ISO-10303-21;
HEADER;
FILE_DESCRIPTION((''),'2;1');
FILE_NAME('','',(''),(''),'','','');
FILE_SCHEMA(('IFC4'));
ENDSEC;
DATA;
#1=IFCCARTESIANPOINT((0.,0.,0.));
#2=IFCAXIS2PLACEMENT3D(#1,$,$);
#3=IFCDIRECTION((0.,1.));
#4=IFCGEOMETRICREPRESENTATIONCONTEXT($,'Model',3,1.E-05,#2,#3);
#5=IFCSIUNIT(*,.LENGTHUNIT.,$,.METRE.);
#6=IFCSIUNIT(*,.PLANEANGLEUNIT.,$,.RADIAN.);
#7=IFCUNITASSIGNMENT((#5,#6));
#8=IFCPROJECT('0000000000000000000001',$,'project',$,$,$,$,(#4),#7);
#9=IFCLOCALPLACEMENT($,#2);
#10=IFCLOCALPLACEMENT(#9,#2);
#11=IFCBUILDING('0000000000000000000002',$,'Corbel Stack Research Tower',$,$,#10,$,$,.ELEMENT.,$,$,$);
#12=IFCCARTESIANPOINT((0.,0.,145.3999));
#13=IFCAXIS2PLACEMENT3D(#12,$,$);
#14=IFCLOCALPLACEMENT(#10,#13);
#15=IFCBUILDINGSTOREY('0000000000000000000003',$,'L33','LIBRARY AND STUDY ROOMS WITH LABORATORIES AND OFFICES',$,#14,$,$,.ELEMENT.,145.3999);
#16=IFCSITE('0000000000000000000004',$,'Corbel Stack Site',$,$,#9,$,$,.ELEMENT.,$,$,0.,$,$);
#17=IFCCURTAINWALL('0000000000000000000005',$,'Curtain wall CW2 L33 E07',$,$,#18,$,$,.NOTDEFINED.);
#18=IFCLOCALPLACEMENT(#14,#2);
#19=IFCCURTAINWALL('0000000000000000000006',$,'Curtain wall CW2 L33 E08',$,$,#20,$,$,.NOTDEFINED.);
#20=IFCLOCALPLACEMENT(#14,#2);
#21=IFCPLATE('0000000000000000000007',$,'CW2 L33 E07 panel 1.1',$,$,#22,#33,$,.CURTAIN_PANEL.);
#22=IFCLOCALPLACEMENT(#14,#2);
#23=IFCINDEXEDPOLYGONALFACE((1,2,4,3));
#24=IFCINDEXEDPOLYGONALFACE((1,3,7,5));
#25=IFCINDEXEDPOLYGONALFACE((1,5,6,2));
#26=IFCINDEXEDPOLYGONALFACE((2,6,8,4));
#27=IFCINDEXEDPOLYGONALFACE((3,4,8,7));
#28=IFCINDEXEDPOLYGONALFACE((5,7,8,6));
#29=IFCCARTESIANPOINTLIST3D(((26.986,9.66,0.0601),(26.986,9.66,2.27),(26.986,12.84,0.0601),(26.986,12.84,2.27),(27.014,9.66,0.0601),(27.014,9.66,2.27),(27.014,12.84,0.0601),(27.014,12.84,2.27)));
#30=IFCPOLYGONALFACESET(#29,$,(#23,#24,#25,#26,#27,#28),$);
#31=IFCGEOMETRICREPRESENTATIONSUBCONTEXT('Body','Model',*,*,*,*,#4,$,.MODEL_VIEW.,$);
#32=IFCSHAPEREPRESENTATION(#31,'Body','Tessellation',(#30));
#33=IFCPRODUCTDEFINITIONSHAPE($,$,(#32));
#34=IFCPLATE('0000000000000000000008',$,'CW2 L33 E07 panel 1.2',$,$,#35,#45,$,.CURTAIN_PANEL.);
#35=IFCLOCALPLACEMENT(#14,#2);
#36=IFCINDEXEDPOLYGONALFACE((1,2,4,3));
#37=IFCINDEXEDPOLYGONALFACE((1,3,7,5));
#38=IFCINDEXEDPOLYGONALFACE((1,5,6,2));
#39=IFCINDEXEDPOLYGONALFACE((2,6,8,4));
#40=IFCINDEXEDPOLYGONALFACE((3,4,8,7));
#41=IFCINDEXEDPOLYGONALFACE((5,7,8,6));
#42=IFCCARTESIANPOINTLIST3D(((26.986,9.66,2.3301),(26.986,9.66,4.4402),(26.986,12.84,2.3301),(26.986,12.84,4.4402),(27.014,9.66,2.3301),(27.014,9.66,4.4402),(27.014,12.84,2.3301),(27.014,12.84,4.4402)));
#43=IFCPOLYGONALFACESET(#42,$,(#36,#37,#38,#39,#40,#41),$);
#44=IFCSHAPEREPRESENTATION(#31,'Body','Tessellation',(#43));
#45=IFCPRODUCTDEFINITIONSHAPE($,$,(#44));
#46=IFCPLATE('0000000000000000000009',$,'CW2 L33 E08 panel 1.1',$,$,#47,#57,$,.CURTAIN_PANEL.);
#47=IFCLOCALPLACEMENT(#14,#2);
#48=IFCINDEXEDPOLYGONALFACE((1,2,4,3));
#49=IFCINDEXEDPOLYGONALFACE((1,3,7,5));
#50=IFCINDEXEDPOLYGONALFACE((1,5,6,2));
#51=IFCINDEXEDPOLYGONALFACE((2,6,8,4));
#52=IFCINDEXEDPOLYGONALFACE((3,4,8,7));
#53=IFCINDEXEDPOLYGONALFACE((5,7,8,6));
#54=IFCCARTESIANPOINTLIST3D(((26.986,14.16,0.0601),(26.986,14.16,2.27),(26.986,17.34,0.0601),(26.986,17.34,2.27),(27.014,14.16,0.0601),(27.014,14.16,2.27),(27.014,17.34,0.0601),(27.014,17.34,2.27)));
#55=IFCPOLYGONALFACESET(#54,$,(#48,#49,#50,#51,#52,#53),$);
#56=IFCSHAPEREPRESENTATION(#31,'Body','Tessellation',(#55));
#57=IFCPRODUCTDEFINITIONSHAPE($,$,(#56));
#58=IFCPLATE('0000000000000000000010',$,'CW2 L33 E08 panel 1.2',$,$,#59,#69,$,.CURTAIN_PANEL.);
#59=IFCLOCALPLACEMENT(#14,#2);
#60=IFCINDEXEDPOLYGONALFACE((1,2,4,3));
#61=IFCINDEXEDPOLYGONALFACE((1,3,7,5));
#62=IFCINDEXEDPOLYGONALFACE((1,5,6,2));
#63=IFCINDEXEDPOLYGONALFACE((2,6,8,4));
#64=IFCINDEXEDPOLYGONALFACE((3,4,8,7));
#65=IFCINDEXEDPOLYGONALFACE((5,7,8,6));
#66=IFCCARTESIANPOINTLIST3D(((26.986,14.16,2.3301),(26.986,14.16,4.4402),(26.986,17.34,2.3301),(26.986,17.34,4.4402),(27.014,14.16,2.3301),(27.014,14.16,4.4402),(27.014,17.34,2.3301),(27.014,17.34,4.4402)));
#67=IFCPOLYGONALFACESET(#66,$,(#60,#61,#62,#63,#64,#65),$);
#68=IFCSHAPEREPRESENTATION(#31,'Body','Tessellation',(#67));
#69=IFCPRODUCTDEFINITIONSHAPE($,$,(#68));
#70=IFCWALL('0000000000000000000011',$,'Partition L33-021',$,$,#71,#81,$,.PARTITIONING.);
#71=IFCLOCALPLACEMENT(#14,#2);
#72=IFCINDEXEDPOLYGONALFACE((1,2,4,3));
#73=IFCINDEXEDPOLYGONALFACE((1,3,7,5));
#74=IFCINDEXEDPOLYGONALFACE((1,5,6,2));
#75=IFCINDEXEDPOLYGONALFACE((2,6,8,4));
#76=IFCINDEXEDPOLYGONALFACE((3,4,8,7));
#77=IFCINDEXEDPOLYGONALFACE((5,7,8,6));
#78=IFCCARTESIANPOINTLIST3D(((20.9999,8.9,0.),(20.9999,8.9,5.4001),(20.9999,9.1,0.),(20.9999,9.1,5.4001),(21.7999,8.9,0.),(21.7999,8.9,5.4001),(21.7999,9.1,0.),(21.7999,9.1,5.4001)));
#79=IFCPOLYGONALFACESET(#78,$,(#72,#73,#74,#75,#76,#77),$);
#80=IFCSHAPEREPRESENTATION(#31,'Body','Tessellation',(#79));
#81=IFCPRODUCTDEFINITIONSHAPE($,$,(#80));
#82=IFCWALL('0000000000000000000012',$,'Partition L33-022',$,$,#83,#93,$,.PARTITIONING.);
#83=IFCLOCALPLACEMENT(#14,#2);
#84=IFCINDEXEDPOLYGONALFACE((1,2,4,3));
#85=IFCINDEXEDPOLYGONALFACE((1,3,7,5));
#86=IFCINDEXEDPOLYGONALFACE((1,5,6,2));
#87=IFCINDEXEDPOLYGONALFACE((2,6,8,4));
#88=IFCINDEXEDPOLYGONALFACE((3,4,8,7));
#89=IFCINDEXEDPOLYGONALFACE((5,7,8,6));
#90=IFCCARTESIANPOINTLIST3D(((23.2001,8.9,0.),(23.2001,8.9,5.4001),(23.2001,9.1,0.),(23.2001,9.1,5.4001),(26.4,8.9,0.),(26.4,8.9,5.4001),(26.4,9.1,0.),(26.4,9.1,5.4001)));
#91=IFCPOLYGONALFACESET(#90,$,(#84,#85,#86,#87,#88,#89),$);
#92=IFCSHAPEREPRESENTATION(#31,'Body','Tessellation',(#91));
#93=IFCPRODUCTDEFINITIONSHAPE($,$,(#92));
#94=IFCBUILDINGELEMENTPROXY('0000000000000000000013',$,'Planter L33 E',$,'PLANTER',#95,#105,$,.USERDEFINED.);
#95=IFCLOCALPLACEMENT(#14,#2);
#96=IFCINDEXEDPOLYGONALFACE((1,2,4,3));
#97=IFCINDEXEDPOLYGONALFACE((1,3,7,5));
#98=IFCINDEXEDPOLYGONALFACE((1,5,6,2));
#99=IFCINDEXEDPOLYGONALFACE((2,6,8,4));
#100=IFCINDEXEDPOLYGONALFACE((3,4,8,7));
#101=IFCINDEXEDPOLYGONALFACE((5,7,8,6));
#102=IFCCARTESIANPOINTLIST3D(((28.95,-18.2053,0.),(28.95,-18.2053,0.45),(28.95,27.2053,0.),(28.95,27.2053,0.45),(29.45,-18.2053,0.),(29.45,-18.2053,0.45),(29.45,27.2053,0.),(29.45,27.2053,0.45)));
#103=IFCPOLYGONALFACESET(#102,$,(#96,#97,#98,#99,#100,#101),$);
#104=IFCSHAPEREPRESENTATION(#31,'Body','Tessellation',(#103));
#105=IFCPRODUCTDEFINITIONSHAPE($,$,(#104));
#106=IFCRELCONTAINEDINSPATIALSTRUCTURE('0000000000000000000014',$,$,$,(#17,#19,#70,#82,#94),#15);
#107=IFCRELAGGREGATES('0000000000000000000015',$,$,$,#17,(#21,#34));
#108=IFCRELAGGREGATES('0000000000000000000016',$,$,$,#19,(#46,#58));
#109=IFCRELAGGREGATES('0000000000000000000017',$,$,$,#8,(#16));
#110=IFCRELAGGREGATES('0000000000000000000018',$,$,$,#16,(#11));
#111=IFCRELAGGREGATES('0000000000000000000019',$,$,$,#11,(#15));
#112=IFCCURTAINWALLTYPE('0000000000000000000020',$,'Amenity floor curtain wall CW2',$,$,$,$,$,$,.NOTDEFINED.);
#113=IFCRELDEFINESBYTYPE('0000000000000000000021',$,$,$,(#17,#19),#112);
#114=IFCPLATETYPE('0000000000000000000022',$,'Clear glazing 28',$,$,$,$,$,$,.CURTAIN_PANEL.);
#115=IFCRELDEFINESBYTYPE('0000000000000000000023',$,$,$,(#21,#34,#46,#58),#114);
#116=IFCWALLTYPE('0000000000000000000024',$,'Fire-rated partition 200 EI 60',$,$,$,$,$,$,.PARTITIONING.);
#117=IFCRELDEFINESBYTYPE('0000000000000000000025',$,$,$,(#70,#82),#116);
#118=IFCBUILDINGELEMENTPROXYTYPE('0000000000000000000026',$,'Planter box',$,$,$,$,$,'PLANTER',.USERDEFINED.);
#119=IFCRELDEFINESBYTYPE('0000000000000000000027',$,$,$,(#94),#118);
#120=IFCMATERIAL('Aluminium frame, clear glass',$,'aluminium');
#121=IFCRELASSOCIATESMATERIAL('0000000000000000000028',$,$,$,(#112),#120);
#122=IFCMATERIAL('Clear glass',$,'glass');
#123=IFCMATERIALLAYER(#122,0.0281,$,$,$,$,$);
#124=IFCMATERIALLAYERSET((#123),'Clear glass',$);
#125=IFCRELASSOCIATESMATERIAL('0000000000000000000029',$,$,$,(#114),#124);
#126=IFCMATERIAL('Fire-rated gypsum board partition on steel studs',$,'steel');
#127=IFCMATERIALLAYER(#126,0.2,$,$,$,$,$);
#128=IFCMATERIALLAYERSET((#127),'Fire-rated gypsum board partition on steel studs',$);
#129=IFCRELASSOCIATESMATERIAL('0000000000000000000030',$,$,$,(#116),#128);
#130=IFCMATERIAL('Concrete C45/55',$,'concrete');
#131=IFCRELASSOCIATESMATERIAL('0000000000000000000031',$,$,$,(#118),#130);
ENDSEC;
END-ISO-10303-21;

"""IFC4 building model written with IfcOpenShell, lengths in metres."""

from ifc_helpers import new_model, si_unit, direction, frame, frame_2d, origin, origin_2d, place, context, subcontext, project, spatial, rectangle, extrude, material, layer, layer_set, type_object, element, aggregate, save


model = new_model("IFC4")

# Units and contexts
model_context = context("Model", 3, precision=1e-05, world=origin(), true_north=direction((0.0, 1.0)))
body_context = subcontext(model_context, "Body", "Model", "MODEL_VIEW")
ifc_project = project(units=[si_unit("LENGTHUNIT", "METRE"), si_unit("PLANEANGLEUNIT", "RADIAN")], contexts=[model_context])

# Site, building, storey
site_placement = place(None, origin())
site = spatial("IfcSite", under=ifc_project, at=site_placement, Name="Corbel Stack Site", CompositionType="ELEMENT", RefElevation=0.0)
building_placement = place(site_placement, origin())
building = spatial("IfcBuilding", under=site, at=building_placement, Name="Corbel Stack Research Tower", CompositionType="ELEMENT")
storey_placement = place(building_placement, frame((0.0, 0.0, 145.3999)))
storey = spatial("IfcBuildingStorey", under=building, at=storey_placement, Name="L33", Description="LIBRARY AND STUDY ROOMS WITH LABORATORIES AND OFFICES", CompositionType="ELEMENT", Elevation=145.3999)

# Shared definitions
ifc_material_1 = material(Name="Aluminium frame, clear glass", Category="aluminium")
curtain_wall_type = type_object("IfcCurtainWallType", Name="Amenity floor curtain wall CW2", PredefinedType="NOTDEFINED", material=ifc_material_1)

# Curtain walls
curtain_wall_1_placement = place(storey_placement, origin())
curtain_wall_1 = element("IfcCurtainWall", 1, at=curtain_wall_1_placement, inside=storey, type_object=curtain_wall_type, Name="Curtain wall CW2 L33 E07", PredefinedType="NOTDEFINED")
curtain_wall_2_placement = place(storey_placement, origin())
curtain_wall_2 = element("IfcCurtainWall", 2, at=curtain_wall_2_placement, inside=storey, type_object=curtain_wall_type, Name="Curtain wall CW2 L33 E08", PredefinedType="NOTDEFINED")

# Plates
ifc_material_2 = material(Name="Clear glass", Category="glass")
ifc_layer_1 = layer(ifc_material_2, 0.0281)
ifc_layer_set_1 = layer_set([ifc_layer_1], Name="Clear glass")
plate_type = type_object("IfcPlateType", Name="Clear glazing 28", PredefinedType="CURTAIN_PANEL", material=ifc_layer_set_1)
plate_1_placement = place(storey_placement, frame((27.0, 11.25, 0.0601), z_axis=(0.0, 0.0, 1.0), x_axis=(0.0, 1.0, 0.0)))
plate_1 = element("IfcPlate", 3, at=plate_1_placement, type_object=plate_type, Name="CW2 L33 E07 panel 1.1", PredefinedType="CURTAIN_PANEL", context=body_context, shape_type="SweptSolid", body=[
    extrude(rectangle(XDim=3.1799, YDim=0.0281, at=origin_2d()), origin(), (0.0, 0.0, 1.0), 2.21),
])
plate_2_placement = place(storey_placement, frame((27.0, 11.25, 2.3301), z_axis=(0.0, 0.0, 1.0), x_axis=(0.0, 1.0, 0.0)))
plate_2 = element("IfcPlate", 4, at=plate_2_placement, type_object=plate_type, Name="CW2 L33 E07 panel 1.2", PredefinedType="CURTAIN_PANEL", context=body_context, shape_type="SweptSolid", body=[
    extrude(rectangle(XDim=3.1799, YDim=0.0281, at=origin_2d()), origin(), (0.0, 0.0, 1.0), 2.1101),
])
aggregate(curtain_wall_1, [plate_1, plate_2])
plate_3_placement = place(storey_placement, frame((27.0, 15.75, 0.0601), z_axis=(0.0, 0.0, 1.0), x_axis=(0.0, 1.0, 0.0)))
plate_3 = element("IfcPlate", 5, at=plate_3_placement, type_object=plate_type, Name="CW2 L33 E08 panel 1.1", PredefinedType="CURTAIN_PANEL", context=body_context, shape_type="SweptSolid", body=[
    extrude(rectangle(XDim=3.1799, YDim=0.0281, at=origin_2d()), origin(), (0.0, 0.0, 1.0), 2.21),
])
plate_4_placement = place(storey_placement, frame((27.0, 15.75, 2.3301), z_axis=(0.0, 0.0, 1.0), x_axis=(0.0, 1.0, 0.0)))
plate_4 = element("IfcPlate", 6, at=plate_4_placement, type_object=plate_type, Name="CW2 L33 E08 panel 1.2", PredefinedType="CURTAIN_PANEL", context=body_context, shape_type="SweptSolid", body=[
    extrude(rectangle(XDim=3.1799, YDim=0.0281, at=origin_2d()), origin(), (0.0, 0.0, 1.0), 2.1101),
])
aggregate(curtain_wall_2, [plate_3, plate_4])

# Walls
ifc_material_3 = material(Name="Fire-rated gypsum board partition on steel studs", Category="steel")
ifc_layer_2 = layer(ifc_material_3, 0.2)
ifc_layer_set_2 = layer_set([ifc_layer_2], Name="Fire-rated gypsum board partition on steel studs")
wall_type = type_object("IfcWallType", Name="Fire-rated partition 200 EI 60", PredefinedType="PARTITIONING", material=ifc_layer_set_2)
wall_1_placement = place(storey_placement, frame((21.0, 9.0, 0.0), z_axis=(0.0, 0.0, 1.0), x_axis=(1.0, 0.0, 0.0)))
element("IfcWall", 7, at=wall_1_placement, inside=storey, type_object=wall_type, Name="Partition L33-021", PredefinedType="PARTITIONING", context=body_context, shape_type="SweptSolid", body=[
    extrude(rectangle(XDim=0.8, YDim=0.2, at=frame_2d((0.3999, 0.0))), origin(), (0.0, 0.0, 1.0), 5.4001),
])
wall_2_placement = place(storey_placement, frame((23.2, 9.0, 0.0), z_axis=(0.0, 0.0, 1.0), x_axis=(1.0, 0.0, 0.0)))
element("IfcWall", 8, at=wall_2_placement, inside=storey, type_object=wall_type, Name="Partition L33-022", PredefinedType="PARTITIONING", context=body_context, shape_type="SweptSolid", body=[
    extrude(rectangle(XDim=3.2, YDim=0.2, at=frame_2d((1.6001, 0.0))), origin(), (0.0, 0.0, 1.0), 5.4001),
])

# Building element proxy
ifc_material_4 = material(Name="Concrete C45/55", Category="concrete")
building_element_proxy_type = type_object("IfcBuildingElementProxyType", Name="Planter box", ElementType="PLANTER", PredefinedType="USERDEFINED", material=ifc_material_4)
proxy_placement = place(storey_placement, frame((29.2, 4.5, 0.0), z_axis=(0.0, 0.0, 1.0), x_axis=(0.0, 1.0, 0.0)))
element("IfcBuildingElementProxy", 9, at=proxy_placement, inside=storey, type_object=building_element_proxy_type, Name="Planter L33 E", ObjectType="PLANTER", PredefinedType="USERDEFINED", context=body_context, shape_type="SweptSolid", body=[
    extrude(rectangle(XDim=45.4106, YDim=0.5, at=origin_2d()), origin(), (0.0, 0.0, 1.0), 0.45),
])

save(model, "model.ifc")
